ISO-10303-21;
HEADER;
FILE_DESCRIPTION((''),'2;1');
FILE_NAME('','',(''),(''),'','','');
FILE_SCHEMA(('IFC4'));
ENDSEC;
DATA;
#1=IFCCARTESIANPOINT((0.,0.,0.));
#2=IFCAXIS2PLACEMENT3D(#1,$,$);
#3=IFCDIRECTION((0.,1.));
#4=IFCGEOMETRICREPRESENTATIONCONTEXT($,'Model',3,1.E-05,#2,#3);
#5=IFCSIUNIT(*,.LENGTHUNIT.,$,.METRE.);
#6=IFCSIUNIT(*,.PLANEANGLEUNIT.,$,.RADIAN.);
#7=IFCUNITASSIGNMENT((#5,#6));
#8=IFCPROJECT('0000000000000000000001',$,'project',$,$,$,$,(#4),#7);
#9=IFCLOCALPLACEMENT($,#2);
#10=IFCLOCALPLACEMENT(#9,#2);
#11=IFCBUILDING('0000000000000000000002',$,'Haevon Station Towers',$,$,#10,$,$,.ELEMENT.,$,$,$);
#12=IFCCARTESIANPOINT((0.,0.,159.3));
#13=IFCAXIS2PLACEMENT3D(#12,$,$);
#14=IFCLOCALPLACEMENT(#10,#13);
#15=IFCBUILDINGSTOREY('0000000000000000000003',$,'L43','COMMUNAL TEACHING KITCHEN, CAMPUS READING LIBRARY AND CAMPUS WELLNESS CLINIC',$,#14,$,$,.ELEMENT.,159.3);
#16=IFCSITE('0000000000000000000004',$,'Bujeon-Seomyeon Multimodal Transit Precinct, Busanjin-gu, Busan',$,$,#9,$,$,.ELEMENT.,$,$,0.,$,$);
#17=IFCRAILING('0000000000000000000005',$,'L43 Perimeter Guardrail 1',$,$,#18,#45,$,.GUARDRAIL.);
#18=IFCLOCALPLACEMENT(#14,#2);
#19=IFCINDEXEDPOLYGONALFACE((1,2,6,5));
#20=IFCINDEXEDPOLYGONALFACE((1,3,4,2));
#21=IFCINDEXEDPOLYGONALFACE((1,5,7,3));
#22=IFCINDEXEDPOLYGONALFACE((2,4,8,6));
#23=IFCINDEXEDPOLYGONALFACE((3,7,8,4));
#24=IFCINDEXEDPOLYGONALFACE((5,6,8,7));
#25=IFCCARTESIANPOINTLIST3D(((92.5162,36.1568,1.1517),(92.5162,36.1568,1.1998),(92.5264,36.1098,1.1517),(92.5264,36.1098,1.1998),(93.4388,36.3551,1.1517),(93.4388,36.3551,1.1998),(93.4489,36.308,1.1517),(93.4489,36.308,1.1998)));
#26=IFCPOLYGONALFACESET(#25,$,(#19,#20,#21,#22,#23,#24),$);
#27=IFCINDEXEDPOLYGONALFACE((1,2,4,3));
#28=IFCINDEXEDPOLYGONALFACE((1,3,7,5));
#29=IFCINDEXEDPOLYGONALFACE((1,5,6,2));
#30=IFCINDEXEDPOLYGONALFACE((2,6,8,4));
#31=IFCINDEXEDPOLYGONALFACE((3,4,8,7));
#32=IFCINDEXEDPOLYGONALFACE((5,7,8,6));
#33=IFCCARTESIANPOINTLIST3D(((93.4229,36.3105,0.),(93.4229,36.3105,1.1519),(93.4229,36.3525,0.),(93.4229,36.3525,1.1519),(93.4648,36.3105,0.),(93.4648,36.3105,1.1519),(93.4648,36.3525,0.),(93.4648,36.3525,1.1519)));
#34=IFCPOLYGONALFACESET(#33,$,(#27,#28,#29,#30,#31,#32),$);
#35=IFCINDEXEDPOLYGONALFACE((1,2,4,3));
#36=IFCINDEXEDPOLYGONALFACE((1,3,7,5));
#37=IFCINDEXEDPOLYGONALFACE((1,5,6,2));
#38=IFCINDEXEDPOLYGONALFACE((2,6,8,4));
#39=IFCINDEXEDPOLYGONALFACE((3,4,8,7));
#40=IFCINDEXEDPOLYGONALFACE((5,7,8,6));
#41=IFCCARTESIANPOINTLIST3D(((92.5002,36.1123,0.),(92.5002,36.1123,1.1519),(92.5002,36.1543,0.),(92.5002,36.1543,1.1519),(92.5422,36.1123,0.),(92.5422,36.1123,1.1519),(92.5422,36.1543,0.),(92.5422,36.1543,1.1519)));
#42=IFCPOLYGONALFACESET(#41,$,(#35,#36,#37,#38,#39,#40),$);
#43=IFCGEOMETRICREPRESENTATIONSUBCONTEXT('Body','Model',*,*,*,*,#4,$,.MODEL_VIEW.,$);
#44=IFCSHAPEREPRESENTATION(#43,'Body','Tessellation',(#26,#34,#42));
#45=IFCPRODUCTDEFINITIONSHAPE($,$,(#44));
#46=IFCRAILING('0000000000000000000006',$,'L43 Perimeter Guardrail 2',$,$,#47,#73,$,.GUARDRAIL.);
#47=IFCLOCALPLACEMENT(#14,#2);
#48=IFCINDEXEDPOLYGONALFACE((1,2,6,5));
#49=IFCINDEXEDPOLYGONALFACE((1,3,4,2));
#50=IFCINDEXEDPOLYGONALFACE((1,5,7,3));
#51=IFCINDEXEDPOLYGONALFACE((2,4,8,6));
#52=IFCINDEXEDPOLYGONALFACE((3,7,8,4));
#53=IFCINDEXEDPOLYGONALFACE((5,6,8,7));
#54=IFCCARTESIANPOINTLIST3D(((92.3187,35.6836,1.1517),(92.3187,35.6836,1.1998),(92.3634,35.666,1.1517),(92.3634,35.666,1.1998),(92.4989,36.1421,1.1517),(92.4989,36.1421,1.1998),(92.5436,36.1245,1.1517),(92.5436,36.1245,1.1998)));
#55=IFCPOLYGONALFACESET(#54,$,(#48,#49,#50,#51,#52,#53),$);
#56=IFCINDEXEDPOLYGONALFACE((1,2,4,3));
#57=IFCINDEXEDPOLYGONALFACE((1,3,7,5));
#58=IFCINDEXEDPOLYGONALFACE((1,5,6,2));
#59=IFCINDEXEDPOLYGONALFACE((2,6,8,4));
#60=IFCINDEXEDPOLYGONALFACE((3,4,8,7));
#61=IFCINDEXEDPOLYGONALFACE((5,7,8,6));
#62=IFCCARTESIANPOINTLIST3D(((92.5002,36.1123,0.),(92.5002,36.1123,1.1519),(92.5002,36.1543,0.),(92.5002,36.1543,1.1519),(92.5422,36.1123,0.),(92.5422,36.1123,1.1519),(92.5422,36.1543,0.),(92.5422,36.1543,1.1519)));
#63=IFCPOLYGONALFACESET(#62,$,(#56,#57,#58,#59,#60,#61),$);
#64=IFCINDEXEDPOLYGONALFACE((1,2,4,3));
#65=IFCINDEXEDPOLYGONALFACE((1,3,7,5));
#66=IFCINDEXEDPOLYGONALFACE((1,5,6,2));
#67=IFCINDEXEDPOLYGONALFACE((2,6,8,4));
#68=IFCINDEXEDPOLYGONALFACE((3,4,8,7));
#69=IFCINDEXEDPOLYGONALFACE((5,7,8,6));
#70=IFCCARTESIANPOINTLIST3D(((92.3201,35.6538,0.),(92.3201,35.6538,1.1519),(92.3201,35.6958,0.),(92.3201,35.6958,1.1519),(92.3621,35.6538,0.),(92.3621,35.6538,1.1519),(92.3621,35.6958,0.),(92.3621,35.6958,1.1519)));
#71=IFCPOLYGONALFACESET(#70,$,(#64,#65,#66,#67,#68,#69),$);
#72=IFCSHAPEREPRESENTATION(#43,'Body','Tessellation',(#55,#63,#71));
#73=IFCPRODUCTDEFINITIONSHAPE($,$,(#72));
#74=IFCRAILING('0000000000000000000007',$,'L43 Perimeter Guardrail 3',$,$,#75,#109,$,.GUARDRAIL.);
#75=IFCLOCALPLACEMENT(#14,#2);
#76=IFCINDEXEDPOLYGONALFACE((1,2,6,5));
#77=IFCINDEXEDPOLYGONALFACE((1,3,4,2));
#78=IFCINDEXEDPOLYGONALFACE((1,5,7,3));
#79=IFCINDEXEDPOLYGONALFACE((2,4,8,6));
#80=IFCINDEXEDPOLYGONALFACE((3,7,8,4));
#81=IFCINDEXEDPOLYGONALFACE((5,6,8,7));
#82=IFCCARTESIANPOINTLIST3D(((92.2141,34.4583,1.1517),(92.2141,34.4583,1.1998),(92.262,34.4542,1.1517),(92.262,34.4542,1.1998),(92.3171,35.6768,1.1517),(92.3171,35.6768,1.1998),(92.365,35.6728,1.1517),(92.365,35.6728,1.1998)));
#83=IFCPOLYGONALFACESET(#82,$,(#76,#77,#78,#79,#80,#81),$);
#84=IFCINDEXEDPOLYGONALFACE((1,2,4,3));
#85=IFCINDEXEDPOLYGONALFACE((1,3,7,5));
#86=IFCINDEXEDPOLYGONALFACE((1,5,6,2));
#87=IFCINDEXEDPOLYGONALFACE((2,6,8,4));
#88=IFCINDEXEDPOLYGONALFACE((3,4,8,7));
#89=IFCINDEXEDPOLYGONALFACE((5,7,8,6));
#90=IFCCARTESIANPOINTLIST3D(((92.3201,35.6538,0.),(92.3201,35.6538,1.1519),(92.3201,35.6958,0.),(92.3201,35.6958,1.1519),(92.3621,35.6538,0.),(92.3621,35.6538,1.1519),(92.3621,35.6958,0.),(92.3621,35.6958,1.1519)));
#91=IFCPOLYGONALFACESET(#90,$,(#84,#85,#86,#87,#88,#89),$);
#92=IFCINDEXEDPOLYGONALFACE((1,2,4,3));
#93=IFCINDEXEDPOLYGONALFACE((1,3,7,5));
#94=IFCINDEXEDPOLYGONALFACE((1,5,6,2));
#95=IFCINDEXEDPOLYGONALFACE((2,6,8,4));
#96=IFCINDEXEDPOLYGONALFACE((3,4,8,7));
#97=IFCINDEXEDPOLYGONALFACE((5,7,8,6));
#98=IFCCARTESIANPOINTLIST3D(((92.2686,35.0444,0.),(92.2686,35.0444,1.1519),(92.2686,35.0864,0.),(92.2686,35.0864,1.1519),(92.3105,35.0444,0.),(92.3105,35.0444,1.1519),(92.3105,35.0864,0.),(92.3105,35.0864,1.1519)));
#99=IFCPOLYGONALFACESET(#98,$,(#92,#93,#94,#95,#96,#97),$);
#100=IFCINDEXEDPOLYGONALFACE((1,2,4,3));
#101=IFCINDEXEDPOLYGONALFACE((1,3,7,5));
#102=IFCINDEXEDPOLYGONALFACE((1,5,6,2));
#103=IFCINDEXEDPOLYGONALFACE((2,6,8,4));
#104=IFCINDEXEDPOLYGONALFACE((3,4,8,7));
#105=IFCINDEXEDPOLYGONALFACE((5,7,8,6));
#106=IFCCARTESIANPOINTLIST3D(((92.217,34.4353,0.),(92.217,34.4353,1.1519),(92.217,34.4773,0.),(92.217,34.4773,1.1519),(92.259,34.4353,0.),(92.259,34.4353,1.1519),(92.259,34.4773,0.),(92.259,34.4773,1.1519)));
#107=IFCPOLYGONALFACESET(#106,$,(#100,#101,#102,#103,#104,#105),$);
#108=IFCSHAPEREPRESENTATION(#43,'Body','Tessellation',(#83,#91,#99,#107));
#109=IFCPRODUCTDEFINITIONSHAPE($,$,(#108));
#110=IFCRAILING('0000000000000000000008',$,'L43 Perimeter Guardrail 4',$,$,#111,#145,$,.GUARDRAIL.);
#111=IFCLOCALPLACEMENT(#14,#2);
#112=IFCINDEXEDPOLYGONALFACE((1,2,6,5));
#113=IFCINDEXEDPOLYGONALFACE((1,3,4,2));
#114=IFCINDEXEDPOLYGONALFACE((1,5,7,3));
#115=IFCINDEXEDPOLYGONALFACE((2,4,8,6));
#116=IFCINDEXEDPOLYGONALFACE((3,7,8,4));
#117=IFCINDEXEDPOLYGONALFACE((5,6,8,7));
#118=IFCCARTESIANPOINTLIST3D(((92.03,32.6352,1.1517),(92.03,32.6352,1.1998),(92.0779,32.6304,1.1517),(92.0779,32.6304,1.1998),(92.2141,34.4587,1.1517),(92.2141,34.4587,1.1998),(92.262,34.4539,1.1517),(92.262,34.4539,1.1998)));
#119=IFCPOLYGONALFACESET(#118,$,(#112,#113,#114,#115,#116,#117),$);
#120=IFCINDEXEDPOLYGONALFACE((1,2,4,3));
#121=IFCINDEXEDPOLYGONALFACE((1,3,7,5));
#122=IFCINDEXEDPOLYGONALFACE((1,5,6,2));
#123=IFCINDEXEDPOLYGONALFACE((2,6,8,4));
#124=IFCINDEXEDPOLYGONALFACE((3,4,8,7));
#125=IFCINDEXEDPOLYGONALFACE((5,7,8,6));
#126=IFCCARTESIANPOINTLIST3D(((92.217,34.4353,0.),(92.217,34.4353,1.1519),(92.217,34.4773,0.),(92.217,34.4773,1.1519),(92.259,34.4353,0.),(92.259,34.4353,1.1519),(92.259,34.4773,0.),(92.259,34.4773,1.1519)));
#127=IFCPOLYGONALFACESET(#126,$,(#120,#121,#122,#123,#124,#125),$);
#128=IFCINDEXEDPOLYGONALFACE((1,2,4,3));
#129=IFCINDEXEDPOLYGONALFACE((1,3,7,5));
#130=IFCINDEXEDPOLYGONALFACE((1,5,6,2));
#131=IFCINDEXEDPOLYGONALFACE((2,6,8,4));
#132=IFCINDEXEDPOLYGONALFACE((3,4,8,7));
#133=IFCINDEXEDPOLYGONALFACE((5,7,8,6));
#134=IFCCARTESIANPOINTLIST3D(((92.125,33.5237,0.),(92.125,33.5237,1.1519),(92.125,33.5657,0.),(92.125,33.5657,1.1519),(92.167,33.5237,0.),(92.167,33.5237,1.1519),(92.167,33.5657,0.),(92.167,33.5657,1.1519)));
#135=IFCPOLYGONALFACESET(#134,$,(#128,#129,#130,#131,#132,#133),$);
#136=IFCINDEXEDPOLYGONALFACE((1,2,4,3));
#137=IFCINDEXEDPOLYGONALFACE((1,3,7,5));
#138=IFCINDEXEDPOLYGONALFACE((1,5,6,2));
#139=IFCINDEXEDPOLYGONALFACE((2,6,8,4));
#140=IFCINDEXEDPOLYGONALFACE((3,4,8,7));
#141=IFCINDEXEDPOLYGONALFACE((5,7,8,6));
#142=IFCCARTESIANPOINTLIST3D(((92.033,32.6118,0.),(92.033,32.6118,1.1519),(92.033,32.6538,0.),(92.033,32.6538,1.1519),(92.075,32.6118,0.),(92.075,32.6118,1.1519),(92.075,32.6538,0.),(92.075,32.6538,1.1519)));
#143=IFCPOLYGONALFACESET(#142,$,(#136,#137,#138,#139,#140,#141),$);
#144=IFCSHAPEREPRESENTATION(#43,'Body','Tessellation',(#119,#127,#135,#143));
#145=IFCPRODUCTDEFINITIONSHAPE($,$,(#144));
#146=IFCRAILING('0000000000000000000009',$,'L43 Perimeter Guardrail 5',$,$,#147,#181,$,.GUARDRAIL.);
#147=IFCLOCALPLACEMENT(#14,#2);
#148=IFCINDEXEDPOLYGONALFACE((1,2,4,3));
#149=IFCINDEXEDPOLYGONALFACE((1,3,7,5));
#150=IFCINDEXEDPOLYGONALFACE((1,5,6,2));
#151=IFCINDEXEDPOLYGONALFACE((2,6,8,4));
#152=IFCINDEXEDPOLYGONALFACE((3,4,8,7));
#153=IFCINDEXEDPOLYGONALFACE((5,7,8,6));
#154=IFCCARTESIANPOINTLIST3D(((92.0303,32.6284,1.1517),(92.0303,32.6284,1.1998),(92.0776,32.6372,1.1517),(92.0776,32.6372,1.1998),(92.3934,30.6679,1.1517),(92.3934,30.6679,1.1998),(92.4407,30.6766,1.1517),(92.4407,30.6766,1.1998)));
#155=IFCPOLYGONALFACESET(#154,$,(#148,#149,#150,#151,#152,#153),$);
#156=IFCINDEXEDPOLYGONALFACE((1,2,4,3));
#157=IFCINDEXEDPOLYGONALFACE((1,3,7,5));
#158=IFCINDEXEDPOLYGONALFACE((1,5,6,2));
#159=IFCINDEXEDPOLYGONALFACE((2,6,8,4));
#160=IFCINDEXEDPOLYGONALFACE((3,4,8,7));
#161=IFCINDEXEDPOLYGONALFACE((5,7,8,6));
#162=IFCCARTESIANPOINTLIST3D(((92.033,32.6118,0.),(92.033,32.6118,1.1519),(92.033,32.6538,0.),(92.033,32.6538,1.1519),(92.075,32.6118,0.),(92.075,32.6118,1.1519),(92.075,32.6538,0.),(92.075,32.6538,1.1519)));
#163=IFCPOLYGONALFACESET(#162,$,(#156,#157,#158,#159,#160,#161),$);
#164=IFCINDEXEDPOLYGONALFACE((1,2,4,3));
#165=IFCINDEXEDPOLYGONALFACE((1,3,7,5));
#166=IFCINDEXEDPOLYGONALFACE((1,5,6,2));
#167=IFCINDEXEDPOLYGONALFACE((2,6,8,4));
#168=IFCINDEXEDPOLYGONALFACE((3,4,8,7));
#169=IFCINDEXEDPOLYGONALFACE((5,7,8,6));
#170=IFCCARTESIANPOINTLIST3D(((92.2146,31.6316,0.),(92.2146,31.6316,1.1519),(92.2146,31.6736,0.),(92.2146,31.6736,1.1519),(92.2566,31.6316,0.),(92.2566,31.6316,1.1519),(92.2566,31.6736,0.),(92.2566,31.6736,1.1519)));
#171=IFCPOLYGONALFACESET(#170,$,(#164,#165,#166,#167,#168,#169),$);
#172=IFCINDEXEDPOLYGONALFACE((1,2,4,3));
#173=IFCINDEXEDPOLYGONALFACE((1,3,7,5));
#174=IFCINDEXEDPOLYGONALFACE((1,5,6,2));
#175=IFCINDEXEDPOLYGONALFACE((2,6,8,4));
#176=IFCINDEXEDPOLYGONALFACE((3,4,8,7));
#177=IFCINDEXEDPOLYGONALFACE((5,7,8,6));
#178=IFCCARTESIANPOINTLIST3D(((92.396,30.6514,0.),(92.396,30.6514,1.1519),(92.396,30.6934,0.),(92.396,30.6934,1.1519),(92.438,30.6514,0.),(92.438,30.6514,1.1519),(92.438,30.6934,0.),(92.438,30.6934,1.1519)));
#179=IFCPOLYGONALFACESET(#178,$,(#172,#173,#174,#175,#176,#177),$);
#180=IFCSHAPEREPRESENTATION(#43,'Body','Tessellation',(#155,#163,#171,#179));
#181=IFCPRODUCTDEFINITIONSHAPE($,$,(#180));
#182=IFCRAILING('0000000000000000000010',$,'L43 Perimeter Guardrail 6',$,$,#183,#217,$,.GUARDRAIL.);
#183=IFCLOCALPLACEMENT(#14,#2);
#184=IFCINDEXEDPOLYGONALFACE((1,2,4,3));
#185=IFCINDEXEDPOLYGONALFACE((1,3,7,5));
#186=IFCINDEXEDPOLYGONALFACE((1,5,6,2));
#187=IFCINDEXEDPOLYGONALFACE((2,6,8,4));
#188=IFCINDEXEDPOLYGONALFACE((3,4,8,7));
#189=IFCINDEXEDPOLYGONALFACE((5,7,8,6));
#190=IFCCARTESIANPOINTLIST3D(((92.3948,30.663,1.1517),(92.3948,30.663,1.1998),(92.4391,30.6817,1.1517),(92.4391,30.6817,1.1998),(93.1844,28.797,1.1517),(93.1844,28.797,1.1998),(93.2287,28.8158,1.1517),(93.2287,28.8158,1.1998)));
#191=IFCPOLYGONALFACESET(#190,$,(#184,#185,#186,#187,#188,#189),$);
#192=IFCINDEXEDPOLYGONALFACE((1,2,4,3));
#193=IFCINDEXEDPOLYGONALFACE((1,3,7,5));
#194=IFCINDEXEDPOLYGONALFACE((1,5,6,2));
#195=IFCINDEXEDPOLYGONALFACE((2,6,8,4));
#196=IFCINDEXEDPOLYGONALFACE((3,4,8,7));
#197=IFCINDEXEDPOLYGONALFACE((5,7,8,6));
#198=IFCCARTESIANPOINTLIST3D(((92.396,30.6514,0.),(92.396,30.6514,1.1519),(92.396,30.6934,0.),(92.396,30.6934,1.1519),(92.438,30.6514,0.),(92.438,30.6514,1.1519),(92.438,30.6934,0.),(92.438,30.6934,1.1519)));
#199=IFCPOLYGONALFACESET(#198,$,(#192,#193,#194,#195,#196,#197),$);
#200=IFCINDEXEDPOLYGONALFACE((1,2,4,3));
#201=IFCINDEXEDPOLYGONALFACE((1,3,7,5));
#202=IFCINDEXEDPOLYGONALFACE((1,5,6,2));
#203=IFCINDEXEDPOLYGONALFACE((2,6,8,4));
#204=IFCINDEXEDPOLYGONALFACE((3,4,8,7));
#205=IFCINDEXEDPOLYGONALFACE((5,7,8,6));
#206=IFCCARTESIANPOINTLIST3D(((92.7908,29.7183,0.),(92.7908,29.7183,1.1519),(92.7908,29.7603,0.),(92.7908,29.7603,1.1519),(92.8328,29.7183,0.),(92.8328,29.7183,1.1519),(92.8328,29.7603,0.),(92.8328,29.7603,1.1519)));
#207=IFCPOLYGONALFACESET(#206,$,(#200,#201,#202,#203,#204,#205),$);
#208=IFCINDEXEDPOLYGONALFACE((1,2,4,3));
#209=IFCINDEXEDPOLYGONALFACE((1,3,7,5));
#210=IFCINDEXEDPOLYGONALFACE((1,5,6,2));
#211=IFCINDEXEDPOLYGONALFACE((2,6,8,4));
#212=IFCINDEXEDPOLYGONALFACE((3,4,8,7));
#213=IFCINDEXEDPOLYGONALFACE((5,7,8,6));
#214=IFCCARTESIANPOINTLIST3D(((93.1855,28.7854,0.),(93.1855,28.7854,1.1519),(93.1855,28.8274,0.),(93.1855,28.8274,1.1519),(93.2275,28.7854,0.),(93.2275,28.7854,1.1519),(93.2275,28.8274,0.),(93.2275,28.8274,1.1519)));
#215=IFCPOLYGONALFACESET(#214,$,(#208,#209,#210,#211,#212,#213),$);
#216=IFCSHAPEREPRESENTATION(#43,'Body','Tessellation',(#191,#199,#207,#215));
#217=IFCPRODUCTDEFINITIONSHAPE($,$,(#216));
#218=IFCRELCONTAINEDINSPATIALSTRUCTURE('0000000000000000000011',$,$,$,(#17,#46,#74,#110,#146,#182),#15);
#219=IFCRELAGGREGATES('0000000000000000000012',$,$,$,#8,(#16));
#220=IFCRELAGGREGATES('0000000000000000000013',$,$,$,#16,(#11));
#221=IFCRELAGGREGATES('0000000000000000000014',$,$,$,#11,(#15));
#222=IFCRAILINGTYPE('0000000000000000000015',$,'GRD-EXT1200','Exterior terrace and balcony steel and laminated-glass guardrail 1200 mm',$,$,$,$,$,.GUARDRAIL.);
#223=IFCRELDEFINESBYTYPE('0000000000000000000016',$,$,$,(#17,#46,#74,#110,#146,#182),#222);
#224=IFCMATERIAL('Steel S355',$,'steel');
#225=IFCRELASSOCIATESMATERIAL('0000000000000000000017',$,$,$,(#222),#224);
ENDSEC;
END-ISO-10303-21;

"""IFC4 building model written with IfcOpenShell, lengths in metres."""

from ifc_helpers import new_model, si_unit, direction, frame, origin, origin_2d, place, context, subcontext, project, spatial, rectangle, extrude, material, type_object, element, save


model = new_model("IFC4")

# Units and contexts
model_context = context("Model", 3, precision=1e-05, world=origin(), true_north=direction((0.0, 1.0)))
body_context = subcontext(model_context, "Body", "Model", "MODEL_VIEW")
ifc_project = project(units=[si_unit("LENGTHUNIT", "METRE"), si_unit("PLANEANGLEUNIT", "RADIAN")], contexts=[model_context])

# Site, building, storey
site_placement = place(None, origin())
site = spatial("IfcSite", under=ifc_project, at=site_placement, Name="Bujeon-Seomyeon Multimodal Transit Precinct, Busanjin-gu, Busan", CompositionType="ELEMENT", RefElevation=0.0)
building_placement = place(site_placement, origin())
building = spatial("IfcBuilding", under=site, at=building_placement, Name="Haevon Station Towers", CompositionType="ELEMENT")
storey_placement = place(building_placement, frame((0.0, 0.0, 159.3)))
storey = spatial("IfcBuildingStorey", under=building, at=storey_placement, Name="L43", Description="COMMUNAL TEACHING KITCHEN, CAMPUS READING LIBRARY AND CAMPUS WELLNESS CLINIC", CompositionType="ELEMENT", Elevation=159.3)

# Shared definitions
ifc_material_1 = material(Name="Steel S355", Category="steel")

# Railings
railing_type = type_object("IfcRailingType", Name="GRD-EXT1200", Description="Exterior terrace and balcony steel and laminated-glass guardrail 1200 mm", PredefinedType="GUARDRAIL", material=ifc_material_1)
railing_1_placement = place(storey_placement, frame((93.4438, 36.3315, 0.0)))
element("IfcRailing", 1, at=railing_1_placement, inside=storey, type_object=railing_type, Name="L43 Perimeter Guardrail 1", PredefinedType="GUARDRAIL", context=body_context, shape_type="SweptSolid", body=[
    extrude(rectangle(XDim=0.0481, YDim=0.0481, at=origin_2d()), frame((0.0, 0.0, 1.1758), z_axis=(-0.977685, -0.210077, 0.0), x_axis=(0.210077, -0.977685, 0.0)), (0.0, 0.0, 1.0), 0.9436),
    extrude(rectangle(XDim=0.042, YDim=0.042, at=origin_2d()), origin(), (0.0, 0.0, 1.0), 1.1519),
    extrude(rectangle(XDim=0.042, YDim=0.042, at=origin_2d()), frame((-0.9226, -0.1982, 0.0)), (0.0, 0.0, 1.0), 1.1519),
])
railing_2_placement = place(storey_placement, frame((92.5212, 36.1333, 0.0)))
element("IfcRailing", 2, at=railing_2_placement, inside=storey, type_object=railing_type, Name="L43 Perimeter Guardrail 2", PredefinedType="GUARDRAIL", context=body_context, shape_type="SweptSolid", body=[
    extrude(rectangle(XDim=0.0481, YDim=0.0481, at=origin_2d()), frame((0.0, 0.0, 1.1758), z_axis=(-0.365744, -0.930715, 0.0), x_axis=(0.930715, -0.365744, 0.0)), (0.0, 0.0, 1.0), 0.4927),
    extrude(rectangle(XDim=0.042, YDim=0.042, at=origin_2d()), origin(), (0.0, 0.0, 1.0), 1.1519),
    extrude(rectangle(XDim=0.042, YDim=0.042, at=origin_2d()), frame((-0.1802, -0.4585, 0.0)), (0.0, 0.0, 1.0), 1.1519),
])
railing_3_placement = place(storey_placement, frame((92.3411, 35.6748, 0.0)))
element("IfcRailing", 3, at=railing_3_placement, inside=storey, type_object=railing_type, Name="L43 Perimeter Guardrail 3", PredefinedType="GUARDRAIL", context=body_context, shape_type="SweptSolid", body=[
    extrude(rectangle(XDim=0.0481, YDim=0.0481, at=origin_2d()), frame((0.0, 0.0, 1.1758), z_axis=(-0.084252, -0.996445, 0.0), x_axis=(0.996445, -0.084252, 0.0)), (0.0, 0.0, 1.0), 1.2229),
    extrude(rectangle(XDim=0.042, YDim=0.042, at=origin_2d()), origin(), (0.0, 0.0, 1.0), 1.1519),
    extrude(rectangle(XDim=0.042, YDim=0.042, at=origin_2d()), frame((-0.0515, -0.6094, 0.0)), (0.0, 0.0, 1.0), 1.1519),
    extrude(rectangle(XDim=0.042, YDim=0.042, at=origin_2d()), frame((-0.103, -1.2185, 0.0)), (0.0, 0.0, 1.0), 1.1519),
])
railing_4_placement = place(storey_placement, frame((92.238, 34.4563, 0.0)))
element("IfcRailing", 4, at=railing_4_placement, inside=storey, type_object=railing_type, Name="L43 Perimeter Guardrail 4", PredefinedType="GUARDRAIL", context=body_context, shape_type="SweptSolid", body=[
    extrude(rectangle(XDim=0.0481, YDim=0.0481, at=origin_2d()), frame((0.0, 0.0, 1.1758), z_axis=(-0.10044, -0.994943, 0.0), x_axis=(0.994943, -0.10044, 0.0)), (0.0, 0.0, 1.0), 1.8328),
    extrude(rectangle(XDim=0.042, YDim=0.042, at=origin_2d()), origin(), (0.0, 0.0, 1.0), 1.1519),
    extrude(rectangle(XDim=0.042, YDim=0.042, at=origin_2d()), frame((-0.092, -0.9116, 0.0)), (0.0, 0.0, 1.0), 1.1519),
    extrude(rectangle(XDim=0.042, YDim=0.042, at=origin_2d()), frame((-0.1841, -1.8235, 0.0)), (0.0, 0.0, 1.0), 1.1519),
])
railing_5_placement = place(storey_placement, frame((92.054, 32.6328, 0.0)))
element("IfcRailing", 5, at=railing_5_placement, inside=storey, type_object=railing_type, Name="L43 Perimeter Guardrail 5", PredefinedType="GUARDRAIL", context=body_context, shape_type="SweptSolid", body=[
    extrude(rectangle(XDim=0.0481, YDim=0.0481, at=origin_2d()), frame((0.0, 0.0, 1.1758), z_axis=(0.182085, -0.983283, 0.0), x_axis=(0.983283, 0.182085, 0.0)), (0.0, 0.0, 1.0), 1.9939),
    extrude(rectangle(XDim=0.042, YDim=0.042, at=origin_2d()), origin(), (0.0, 0.0, 1.0), 1.1519),
    extrude(rectangle(XDim=0.042, YDim=0.042, at=origin_2d()), frame((0.1816, -0.9802, 0.0)), (0.0, 0.0, 1.0), 1.1519),
    extrude(rectangle(XDim=0.042, YDim=0.042, at=origin_2d()), frame((0.363, -1.9604, 0.0)), (0.0, 0.0, 1.0), 1.1519),
])
railing_6_placement = place(storey_placement, frame((92.417, 30.6724, 0.0)))
element("IfcRailing", 6, at=railing_6_placement, inside=storey, type_object=railing_type, Name="L43 Perimeter Guardrail 6", PredefinedType="GUARDRAIL", context=body_context, shape_type="SweptSolid", body=[
    extrude(rectangle(XDim=0.0481, YDim=0.0481, at=origin_2d()), frame((0.0, 0.0, 1.1758), z_axis=(0.389683, -0.920949, 0.0), x_axis=(0.920949, 0.389683, 0.0)), (0.0, 0.0, 1.0), 2.0261),
    extrude(rectangle(XDim=0.042, YDim=0.042, at=origin_2d()), origin(), (0.0, 0.0, 1.0), 1.1519),
    extrude(rectangle(XDim=0.042, YDim=0.042, at=origin_2d()), frame((0.3948, -0.9331, 0.0)), (0.0, 0.0, 1.0), 1.1519),
    extrude(rectangle(XDim=0.042, YDim=0.042, at=origin_2d()), frame((0.7896, -1.866, 0.0)), (0.0, 0.0, 1.0), 1.1519),
])

save(model, "model.ifc")
